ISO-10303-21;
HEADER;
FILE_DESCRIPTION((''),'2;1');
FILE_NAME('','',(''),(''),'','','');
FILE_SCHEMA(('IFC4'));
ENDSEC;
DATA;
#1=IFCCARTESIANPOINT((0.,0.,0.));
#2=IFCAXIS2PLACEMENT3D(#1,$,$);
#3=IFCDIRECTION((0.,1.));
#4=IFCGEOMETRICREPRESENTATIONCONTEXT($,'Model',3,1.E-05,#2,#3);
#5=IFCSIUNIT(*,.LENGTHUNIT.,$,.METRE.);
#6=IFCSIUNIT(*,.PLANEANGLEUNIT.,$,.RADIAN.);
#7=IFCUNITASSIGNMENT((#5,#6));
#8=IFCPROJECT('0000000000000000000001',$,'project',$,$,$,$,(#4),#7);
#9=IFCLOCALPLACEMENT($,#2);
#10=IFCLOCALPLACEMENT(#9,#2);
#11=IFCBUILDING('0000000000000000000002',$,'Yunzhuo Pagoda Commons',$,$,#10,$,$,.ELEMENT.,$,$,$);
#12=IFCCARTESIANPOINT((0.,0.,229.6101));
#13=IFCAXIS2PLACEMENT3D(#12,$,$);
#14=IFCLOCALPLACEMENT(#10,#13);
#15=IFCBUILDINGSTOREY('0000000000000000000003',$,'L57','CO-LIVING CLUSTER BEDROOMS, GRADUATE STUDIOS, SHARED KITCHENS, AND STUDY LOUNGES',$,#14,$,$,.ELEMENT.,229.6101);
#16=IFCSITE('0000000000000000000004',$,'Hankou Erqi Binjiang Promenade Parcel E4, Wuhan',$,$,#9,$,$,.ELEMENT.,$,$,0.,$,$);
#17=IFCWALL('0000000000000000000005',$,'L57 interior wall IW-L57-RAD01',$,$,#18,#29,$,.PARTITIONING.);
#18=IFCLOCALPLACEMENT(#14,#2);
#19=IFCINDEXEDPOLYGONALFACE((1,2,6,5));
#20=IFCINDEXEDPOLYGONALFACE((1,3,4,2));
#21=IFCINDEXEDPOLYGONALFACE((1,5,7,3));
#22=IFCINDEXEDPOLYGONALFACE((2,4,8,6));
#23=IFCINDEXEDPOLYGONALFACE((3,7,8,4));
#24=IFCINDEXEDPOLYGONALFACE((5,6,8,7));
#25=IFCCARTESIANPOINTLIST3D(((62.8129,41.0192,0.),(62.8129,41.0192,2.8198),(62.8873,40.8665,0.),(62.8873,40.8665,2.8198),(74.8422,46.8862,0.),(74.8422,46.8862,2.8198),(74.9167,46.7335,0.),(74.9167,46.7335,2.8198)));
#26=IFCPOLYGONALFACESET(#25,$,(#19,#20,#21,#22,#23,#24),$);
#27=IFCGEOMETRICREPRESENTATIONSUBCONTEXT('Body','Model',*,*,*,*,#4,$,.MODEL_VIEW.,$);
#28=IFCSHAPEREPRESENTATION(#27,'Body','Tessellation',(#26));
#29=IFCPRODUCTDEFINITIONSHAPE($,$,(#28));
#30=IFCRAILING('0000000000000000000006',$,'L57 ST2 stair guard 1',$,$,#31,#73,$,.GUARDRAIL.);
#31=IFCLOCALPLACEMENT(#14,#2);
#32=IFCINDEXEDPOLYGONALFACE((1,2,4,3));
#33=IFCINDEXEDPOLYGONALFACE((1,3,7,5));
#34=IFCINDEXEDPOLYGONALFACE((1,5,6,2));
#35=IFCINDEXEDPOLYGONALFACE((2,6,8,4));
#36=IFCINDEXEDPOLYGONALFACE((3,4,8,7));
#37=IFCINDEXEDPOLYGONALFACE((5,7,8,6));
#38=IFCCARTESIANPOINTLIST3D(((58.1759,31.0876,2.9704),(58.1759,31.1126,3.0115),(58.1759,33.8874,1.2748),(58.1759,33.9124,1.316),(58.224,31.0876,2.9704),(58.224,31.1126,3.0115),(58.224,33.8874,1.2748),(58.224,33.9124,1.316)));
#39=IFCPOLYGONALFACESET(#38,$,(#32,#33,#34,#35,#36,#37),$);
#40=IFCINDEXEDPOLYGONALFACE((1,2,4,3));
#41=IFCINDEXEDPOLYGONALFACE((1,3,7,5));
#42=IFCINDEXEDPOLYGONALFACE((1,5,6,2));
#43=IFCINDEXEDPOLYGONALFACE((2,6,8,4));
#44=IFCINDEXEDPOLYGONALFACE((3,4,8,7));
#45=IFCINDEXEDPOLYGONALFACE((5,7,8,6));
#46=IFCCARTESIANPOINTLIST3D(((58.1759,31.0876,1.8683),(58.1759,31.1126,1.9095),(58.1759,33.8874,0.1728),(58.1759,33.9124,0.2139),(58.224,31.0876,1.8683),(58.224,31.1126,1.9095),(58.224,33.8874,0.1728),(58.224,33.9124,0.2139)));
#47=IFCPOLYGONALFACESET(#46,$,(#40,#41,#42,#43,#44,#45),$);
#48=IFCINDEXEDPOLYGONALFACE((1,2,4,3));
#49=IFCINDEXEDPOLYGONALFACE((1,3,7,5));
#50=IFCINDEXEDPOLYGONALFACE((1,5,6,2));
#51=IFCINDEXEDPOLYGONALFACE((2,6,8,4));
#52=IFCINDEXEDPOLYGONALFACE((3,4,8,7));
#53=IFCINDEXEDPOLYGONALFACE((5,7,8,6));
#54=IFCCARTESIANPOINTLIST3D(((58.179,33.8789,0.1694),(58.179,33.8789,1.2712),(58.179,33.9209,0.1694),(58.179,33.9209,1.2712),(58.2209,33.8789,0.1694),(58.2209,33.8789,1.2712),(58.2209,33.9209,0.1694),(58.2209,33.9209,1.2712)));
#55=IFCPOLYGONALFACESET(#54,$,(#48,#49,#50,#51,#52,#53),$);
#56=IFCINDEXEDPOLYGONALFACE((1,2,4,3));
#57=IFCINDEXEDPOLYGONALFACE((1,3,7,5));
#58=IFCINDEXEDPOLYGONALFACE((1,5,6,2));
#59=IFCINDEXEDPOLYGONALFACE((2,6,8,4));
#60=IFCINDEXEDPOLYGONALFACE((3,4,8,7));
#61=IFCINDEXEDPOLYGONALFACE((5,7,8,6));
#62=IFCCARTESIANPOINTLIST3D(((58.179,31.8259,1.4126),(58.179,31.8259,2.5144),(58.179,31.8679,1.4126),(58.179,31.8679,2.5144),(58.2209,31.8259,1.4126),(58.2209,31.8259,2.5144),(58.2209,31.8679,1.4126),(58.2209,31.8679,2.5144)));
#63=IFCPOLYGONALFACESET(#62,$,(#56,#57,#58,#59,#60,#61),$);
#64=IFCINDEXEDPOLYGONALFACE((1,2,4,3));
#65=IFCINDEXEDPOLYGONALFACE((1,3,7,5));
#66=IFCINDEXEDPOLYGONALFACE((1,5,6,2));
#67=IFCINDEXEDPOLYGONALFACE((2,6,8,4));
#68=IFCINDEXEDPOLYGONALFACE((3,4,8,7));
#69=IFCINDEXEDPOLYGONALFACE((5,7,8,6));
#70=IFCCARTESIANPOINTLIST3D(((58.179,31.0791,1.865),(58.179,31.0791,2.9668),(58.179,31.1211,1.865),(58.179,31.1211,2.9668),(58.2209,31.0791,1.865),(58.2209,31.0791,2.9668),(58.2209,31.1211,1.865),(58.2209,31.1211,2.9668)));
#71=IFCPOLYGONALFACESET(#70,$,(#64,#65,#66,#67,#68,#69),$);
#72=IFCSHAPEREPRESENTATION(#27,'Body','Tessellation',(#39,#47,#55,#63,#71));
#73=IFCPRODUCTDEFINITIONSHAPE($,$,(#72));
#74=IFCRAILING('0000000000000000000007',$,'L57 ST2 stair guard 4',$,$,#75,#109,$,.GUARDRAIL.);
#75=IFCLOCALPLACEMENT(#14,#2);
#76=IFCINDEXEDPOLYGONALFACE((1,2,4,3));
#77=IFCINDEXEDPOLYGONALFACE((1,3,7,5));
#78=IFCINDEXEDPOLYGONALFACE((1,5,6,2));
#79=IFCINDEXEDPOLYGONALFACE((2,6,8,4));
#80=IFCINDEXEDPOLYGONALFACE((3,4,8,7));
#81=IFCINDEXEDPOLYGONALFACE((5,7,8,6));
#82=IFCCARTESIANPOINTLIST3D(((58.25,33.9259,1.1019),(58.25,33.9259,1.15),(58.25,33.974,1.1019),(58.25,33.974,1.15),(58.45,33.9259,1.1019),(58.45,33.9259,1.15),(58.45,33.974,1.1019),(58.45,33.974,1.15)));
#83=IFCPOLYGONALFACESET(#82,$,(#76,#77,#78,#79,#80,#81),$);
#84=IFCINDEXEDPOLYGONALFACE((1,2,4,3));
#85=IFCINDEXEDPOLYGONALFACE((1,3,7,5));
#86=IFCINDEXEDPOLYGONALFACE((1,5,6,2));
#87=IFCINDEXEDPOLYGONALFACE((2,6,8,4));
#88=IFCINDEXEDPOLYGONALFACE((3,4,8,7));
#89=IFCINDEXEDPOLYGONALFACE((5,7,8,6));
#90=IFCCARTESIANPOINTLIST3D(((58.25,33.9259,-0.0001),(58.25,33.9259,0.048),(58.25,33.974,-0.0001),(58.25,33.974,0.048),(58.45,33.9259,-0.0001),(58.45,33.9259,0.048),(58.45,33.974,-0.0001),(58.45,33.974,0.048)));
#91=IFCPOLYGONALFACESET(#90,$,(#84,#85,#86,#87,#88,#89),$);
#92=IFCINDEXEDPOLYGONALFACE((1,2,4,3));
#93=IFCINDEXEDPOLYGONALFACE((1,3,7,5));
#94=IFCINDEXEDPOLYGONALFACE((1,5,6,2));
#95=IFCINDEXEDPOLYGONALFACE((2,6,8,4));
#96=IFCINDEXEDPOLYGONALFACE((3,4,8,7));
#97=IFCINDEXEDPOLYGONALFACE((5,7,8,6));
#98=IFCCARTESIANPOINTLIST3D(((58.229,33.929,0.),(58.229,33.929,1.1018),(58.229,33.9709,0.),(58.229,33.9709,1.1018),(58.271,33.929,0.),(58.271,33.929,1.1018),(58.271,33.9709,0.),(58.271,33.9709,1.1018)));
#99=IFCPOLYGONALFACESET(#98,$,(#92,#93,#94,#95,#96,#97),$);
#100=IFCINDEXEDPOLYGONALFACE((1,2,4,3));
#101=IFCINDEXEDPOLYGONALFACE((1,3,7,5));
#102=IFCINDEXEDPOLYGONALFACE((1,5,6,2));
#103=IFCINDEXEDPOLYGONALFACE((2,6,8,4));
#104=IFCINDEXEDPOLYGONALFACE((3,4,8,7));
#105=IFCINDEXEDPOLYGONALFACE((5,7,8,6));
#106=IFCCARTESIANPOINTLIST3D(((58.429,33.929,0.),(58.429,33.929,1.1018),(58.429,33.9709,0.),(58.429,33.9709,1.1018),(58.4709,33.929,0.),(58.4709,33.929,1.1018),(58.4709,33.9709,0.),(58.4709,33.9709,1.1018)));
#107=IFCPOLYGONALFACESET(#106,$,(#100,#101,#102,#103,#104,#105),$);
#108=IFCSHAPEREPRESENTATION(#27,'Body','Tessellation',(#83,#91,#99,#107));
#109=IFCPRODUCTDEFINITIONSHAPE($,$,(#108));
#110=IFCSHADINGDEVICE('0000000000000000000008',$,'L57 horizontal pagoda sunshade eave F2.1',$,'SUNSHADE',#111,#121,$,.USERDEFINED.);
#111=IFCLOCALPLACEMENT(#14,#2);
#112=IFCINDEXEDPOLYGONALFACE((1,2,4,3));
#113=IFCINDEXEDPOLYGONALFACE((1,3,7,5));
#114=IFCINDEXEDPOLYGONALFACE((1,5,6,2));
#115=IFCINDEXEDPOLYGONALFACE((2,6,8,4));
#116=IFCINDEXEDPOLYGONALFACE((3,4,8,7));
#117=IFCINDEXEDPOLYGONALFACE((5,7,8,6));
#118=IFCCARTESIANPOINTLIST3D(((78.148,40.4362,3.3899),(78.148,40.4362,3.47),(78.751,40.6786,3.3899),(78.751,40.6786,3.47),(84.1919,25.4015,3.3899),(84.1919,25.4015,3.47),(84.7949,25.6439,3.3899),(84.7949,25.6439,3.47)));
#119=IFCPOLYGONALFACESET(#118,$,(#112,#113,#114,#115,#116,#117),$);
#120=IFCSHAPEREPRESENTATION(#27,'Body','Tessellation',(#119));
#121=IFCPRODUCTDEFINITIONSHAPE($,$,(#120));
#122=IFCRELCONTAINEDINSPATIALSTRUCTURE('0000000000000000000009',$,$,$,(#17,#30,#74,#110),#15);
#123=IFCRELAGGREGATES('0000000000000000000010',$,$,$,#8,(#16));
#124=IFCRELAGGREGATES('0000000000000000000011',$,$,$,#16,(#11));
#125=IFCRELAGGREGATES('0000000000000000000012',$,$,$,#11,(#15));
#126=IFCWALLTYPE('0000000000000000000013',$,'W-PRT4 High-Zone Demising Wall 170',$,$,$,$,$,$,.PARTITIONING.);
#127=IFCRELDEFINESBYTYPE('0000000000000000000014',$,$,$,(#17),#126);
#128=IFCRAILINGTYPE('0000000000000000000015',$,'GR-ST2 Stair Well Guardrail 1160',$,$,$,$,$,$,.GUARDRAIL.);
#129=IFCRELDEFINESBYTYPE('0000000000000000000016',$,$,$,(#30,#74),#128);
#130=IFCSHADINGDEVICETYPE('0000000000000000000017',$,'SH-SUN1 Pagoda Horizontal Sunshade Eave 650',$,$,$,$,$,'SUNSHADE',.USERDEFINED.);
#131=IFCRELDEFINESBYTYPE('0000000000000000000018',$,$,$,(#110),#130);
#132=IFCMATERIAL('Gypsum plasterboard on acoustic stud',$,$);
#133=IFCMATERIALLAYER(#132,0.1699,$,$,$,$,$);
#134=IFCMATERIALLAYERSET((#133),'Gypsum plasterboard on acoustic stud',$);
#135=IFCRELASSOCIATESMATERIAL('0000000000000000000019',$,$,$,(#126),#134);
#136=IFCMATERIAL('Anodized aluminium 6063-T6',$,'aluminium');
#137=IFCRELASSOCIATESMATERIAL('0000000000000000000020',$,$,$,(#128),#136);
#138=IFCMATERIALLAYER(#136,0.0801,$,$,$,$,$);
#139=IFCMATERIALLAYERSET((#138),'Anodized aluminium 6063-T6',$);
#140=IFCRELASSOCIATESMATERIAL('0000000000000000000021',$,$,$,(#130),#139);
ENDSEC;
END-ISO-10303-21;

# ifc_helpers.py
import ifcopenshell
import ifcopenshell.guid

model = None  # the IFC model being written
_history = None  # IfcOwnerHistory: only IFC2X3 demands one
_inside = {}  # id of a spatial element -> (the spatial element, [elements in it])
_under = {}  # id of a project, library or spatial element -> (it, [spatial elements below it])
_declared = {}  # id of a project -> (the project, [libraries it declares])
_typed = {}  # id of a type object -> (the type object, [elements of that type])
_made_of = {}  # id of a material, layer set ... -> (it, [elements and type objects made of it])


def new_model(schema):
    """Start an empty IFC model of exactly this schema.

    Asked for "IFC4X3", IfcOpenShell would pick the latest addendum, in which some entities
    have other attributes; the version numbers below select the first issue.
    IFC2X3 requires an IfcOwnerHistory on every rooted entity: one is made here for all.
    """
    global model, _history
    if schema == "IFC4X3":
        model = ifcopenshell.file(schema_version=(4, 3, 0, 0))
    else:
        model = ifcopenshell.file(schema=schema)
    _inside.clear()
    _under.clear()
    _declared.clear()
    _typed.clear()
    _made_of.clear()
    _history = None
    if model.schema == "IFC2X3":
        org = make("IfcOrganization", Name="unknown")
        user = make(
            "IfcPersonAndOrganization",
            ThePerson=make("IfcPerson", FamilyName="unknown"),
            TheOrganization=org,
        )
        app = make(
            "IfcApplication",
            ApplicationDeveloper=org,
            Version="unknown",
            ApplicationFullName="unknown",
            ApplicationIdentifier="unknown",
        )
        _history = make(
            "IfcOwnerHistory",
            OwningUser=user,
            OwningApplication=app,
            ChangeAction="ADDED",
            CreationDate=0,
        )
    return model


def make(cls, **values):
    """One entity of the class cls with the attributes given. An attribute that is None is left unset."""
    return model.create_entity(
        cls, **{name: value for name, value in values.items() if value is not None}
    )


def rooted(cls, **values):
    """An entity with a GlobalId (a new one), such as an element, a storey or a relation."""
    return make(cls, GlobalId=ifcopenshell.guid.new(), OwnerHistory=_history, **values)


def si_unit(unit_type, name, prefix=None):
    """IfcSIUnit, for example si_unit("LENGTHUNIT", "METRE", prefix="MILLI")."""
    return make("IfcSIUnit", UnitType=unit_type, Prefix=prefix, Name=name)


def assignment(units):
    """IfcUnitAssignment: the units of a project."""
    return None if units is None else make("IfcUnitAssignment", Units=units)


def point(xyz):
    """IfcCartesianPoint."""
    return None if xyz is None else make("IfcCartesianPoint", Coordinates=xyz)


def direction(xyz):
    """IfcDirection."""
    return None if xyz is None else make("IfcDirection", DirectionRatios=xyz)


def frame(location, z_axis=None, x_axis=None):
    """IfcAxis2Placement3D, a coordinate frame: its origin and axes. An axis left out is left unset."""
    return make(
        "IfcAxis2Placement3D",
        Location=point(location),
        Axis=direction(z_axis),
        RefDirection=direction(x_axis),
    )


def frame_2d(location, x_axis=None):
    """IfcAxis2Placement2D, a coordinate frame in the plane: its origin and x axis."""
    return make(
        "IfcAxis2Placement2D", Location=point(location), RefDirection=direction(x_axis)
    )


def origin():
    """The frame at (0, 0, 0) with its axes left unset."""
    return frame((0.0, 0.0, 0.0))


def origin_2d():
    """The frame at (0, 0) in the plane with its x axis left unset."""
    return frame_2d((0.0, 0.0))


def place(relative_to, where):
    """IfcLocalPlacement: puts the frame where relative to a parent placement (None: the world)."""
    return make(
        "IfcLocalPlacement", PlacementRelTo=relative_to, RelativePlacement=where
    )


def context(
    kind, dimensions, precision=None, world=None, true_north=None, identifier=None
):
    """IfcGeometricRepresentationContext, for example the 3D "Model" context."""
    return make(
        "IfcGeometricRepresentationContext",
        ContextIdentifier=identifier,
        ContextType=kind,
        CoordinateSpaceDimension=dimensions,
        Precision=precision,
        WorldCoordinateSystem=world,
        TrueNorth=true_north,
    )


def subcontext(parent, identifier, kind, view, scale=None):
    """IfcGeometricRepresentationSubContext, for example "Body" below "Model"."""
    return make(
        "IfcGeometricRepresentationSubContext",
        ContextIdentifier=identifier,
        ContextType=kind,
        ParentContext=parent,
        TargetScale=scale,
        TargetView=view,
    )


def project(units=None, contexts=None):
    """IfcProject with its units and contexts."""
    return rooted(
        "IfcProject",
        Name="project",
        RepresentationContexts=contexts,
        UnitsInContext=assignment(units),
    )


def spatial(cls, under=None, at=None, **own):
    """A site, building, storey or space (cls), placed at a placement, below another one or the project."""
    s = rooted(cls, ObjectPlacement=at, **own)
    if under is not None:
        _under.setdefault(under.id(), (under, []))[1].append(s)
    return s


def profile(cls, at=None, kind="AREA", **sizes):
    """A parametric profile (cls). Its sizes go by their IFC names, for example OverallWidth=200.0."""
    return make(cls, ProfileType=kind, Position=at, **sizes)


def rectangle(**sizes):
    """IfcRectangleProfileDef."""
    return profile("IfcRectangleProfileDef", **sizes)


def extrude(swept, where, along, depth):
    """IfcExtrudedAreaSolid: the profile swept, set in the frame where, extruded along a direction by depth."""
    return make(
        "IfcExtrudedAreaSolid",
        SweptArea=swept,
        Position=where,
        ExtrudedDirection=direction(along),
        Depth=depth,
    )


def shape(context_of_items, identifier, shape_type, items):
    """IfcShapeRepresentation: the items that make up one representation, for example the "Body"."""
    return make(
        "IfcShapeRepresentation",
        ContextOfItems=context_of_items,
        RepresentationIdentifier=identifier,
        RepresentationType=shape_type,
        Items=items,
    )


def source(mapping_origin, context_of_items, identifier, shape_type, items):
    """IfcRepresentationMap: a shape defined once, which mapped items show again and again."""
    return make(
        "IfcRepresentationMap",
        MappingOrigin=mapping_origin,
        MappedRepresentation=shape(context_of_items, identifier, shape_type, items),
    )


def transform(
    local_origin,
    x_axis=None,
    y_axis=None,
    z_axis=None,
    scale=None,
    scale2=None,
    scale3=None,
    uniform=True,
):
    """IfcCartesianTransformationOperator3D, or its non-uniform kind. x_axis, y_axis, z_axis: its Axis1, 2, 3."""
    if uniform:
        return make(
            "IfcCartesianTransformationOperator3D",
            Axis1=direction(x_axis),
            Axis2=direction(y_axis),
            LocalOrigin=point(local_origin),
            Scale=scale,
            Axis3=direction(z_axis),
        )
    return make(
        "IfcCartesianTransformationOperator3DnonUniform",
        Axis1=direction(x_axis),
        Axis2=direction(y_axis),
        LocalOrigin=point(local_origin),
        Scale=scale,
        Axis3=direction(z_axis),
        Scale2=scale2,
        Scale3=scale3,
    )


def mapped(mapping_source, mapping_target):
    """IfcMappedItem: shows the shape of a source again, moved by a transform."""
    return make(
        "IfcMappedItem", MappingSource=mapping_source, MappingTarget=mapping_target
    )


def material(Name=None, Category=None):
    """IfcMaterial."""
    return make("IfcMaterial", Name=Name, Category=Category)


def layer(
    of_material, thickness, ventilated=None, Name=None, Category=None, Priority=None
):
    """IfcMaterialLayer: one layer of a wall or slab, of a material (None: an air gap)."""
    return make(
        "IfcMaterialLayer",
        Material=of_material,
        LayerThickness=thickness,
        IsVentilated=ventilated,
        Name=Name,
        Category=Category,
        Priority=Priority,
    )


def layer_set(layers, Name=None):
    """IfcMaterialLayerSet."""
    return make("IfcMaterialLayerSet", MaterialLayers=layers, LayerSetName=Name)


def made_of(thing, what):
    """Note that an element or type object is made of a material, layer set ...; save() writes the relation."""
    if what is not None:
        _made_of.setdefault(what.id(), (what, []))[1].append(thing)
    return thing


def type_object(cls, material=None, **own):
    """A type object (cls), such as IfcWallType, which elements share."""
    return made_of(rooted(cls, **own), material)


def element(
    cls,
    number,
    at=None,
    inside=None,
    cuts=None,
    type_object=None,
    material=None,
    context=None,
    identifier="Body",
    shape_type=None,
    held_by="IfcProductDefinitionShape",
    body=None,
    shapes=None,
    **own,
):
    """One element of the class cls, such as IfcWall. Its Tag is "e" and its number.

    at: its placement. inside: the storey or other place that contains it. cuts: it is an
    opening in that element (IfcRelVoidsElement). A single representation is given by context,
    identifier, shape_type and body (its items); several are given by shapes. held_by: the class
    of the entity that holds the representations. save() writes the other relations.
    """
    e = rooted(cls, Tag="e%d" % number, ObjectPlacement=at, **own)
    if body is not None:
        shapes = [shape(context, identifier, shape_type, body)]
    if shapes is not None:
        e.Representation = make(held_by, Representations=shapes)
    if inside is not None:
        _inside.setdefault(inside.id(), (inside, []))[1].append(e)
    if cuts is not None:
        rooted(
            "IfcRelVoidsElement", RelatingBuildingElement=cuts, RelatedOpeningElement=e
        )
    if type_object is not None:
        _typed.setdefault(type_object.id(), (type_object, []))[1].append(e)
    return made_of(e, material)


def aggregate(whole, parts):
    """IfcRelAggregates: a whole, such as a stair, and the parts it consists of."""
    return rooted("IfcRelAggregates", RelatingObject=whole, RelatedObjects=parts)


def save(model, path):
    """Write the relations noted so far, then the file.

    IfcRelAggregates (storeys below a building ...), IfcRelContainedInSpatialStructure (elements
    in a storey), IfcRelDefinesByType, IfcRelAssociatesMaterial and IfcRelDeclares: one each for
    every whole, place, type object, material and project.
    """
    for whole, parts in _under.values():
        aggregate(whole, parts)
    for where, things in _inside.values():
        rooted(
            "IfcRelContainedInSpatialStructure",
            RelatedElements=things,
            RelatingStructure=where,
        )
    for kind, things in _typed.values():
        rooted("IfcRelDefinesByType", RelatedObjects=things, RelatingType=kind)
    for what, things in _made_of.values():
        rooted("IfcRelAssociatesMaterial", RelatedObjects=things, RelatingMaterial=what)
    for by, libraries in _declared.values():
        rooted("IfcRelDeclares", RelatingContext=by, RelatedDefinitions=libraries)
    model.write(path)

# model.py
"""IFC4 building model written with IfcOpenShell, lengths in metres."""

from ifc_helpers import new_model, si_unit, direction, frame, frame_2d, origin, origin_2d, place, context, subcontext, project, spatial, rectangle, extrude, source, transform, mapped, material, layer, layer_set, type_object, element, save


model = new_model("IFC4")

# Units and contexts
model_context = context("Model", 3, precision=1e-05, world=origin(), true_north=direction((0.0, 1.0)))
body_context = subcontext(model_context, "Body", "Model", "MODEL_VIEW")
ifc_project = project(units=[si_unit("LENGTHUNIT", "METRE"), si_unit("PLANEANGLEUNIT", "RADIAN")], contexts=[model_context])

# Site, building, storey
site_placement = place(None, origin())
site = spatial("IfcSite", under=ifc_project, at=site_placement, Name="Hankou Erqi Binjiang Promenade Parcel E4, Wuhan", CompositionType="ELEMENT", RefElevation=0.0)
building_placement = place(site_placement, origin())
building = spatial("IfcBuilding", under=site, at=building_placement, Name="Yunzhuo Pagoda Commons", CompositionType="ELEMENT")
storey_placement = place(building_placement, frame((0.0, 0.0, 229.6101)))
storey = spatial("IfcBuildingStorey", under=building, at=storey_placement, Name="L57", Description="CO-LIVING CLUSTER BEDROOMS, GRADUATE STUDIOS, SHARED KITCHENS, AND STUDY LOUNGES", CompositionType="ELEMENT", Elevation=229.6101)

# Shared definitions
ifc_material_1 = material(Name="Anodized aluminium 6063-T6", Category="aluminium")

# Shared definitions
ifc_material_2 = material(Name="Gypsum plasterboard on acoustic stud")

# Wall
ifc_layer_1 = layer(ifc_material_2, 0.1699)
ifc_layer_set_1 = layer_set([ifc_layer_1], Name="Gypsum plasterboard on acoustic stud")
wall_type_1 = type_object("IfcWallType", Name="W-PRT4 High-Zone Demising Wall 170", PredefinedType="PARTITIONING", material=ifc_layer_set_1)
wall_1_placement = place(storey_placement, frame((62.8501, 40.9429, 0.0), z_axis=(0.0, 0.0, 1.0), x_axis=(0.898798, 0.438363, 0.0)))
element("IfcWall", 1, at=wall_1_placement, inside=storey, type_object=wall_type_1, Name="L57 interior wall IW-L57-RAD01", PredefinedType="PARTITIONING", context=body_context, shape_type="SweptSolid", body=[
    extrude(rectangle(XDim=13.3838, YDim=0.1699, at=frame_2d((6.6919, 0.0))), origin(), (0.0, 0.0, 1.0), 2.8198),
])

# Railings
railing_type = type_object("IfcRailingType", Name="GR-ST2 Stair Well Guardrail 1160", PredefinedType="GUARDRAIL", material=ifc_material_1)
railing_1_placement = place(storey_placement, frame((58.2, 33.8999, 0.1694)))
element("IfcRailing", 2, at=railing_1_placement, inside=storey, type_object=railing_type, Name="L57 ST2 stair guard 1", PredefinedType="GUARDRAIL", context=body_context, shape_type="SweptSolid", body=[
    extrude(rectangle(XDim=0.0481, YDim=0.0481, at=origin_2d()), frame((0.0, 0.0, 1.126), z_axis=(0.0, -0.855373, 0.518012), x_axis=(1.0, 0.0, 0.0)), (0.0, 0.0, 1.0), 3.2732),
    extrude(rectangle(XDim=0.0481, YDim=0.0481, at=origin_2d()), frame((0.0, 0.0, 0.0239), z_axis=(0.0, -0.855373, 0.518012), x_axis=(1.0, 0.0, 0.0)), (0.0, 0.0, 1.0), 3.2732),
    extrude(rectangle(XDim=0.042, YDim=0.042, at=origin_2d()), origin(), (0.0, 0.0, 1.0), 1.1018),
    extrude(rectangle(XDim=0.042, YDim=0.042, at=origin_2d()), frame((0.0, -2.053, 1.2432)), (0.0, 0.0, 1.0), 1.1018),
    extrude(rectangle(XDim=0.042, YDim=0.042, at=origin_2d()), frame((0.0, -2.7998, 1.6956)), (0.0, 0.0, 1.0), 1.1018),
])
railing_2_placement = place(storey_placement, frame((58.25, 33.95, 0.0)))
element("IfcRailing", 3, at=railing_2_placement, inside=storey, type_object=railing_type, Name="L57 ST2 stair guard 4", PredefinedType="GUARDRAIL", context=body_context, shape_type="SweptSolid", body=[
    extrude(rectangle(XDim=0.0481, YDim=0.0481, at=origin_2d()), frame((0.0, 0.0, 1.126), z_axis=(1.0, 0.0, 0.0), x_axis=(0.0, 1.0, 0.0)), (0.0, 0.0, 1.0), 0.2),
    extrude(rectangle(XDim=0.0481, YDim=0.0481, at=origin_2d()), frame((0.0, 0.0, 0.0239), z_axis=(1.0, 0.0, 0.0), x_axis=(0.0, 1.0, 0.0)), (0.0, 0.0, 1.0), 0.2),
    extrude(rectangle(XDim=0.042, YDim=0.042, at=origin_2d()), origin(), (0.0, 0.0, 1.0), 1.1018),
    extrude(rectangle(XDim=0.042, YDim=0.042, at=origin_2d()), frame((0.2, 0.0, 0.0)), (0.0, 0.0, 1.0), 1.1018),
])

# Shading device
ifc_layer_2 = layer(ifc_material_1, 0.0801)
ifc_layer_set_2 = layer_set([ifc_layer_2], Name="Anodized aluminium 6063-T6")
shading_device_type = type_object("IfcShadingDeviceType", Name="SH-SUN1 Pagoda Horizontal Sunshade Eave 650", ElementType="SUNSHADE", PredefinedType="USERDEFINED", material=ifc_layer_set_2)
shared_shape_1 = source(origin(), body_context, "Body", "SweptSolid", [
    extrude(rectangle(XDim=16.2041, YDim=0.6499, at=origin_2d()), origin(), (0.0, 0.0, 1.0), 0.0801),
])
shading_device_placement = place(storey_placement, frame((81.4714, 33.04, 3.3899), z_axis=(0.0, 0.0, 1.0), x_axis=(-0.372988, 0.927836, 0.0)))
element("IfcShadingDevice", 4, at=shading_device_placement, inside=storey, type_object=shading_device_type, Name="L57 horizontal pagoda sunshade eave F2.1", ObjectType="SUNSHADE", PredefinedType="USERDEFINED", context=body_context, shape_type="MappedRepresentation", body=[
    mapped(shared_shape_1, transform((0.0, 0.0, 0.0), scale=1.0)),
])

save(model, "model.ifc")
